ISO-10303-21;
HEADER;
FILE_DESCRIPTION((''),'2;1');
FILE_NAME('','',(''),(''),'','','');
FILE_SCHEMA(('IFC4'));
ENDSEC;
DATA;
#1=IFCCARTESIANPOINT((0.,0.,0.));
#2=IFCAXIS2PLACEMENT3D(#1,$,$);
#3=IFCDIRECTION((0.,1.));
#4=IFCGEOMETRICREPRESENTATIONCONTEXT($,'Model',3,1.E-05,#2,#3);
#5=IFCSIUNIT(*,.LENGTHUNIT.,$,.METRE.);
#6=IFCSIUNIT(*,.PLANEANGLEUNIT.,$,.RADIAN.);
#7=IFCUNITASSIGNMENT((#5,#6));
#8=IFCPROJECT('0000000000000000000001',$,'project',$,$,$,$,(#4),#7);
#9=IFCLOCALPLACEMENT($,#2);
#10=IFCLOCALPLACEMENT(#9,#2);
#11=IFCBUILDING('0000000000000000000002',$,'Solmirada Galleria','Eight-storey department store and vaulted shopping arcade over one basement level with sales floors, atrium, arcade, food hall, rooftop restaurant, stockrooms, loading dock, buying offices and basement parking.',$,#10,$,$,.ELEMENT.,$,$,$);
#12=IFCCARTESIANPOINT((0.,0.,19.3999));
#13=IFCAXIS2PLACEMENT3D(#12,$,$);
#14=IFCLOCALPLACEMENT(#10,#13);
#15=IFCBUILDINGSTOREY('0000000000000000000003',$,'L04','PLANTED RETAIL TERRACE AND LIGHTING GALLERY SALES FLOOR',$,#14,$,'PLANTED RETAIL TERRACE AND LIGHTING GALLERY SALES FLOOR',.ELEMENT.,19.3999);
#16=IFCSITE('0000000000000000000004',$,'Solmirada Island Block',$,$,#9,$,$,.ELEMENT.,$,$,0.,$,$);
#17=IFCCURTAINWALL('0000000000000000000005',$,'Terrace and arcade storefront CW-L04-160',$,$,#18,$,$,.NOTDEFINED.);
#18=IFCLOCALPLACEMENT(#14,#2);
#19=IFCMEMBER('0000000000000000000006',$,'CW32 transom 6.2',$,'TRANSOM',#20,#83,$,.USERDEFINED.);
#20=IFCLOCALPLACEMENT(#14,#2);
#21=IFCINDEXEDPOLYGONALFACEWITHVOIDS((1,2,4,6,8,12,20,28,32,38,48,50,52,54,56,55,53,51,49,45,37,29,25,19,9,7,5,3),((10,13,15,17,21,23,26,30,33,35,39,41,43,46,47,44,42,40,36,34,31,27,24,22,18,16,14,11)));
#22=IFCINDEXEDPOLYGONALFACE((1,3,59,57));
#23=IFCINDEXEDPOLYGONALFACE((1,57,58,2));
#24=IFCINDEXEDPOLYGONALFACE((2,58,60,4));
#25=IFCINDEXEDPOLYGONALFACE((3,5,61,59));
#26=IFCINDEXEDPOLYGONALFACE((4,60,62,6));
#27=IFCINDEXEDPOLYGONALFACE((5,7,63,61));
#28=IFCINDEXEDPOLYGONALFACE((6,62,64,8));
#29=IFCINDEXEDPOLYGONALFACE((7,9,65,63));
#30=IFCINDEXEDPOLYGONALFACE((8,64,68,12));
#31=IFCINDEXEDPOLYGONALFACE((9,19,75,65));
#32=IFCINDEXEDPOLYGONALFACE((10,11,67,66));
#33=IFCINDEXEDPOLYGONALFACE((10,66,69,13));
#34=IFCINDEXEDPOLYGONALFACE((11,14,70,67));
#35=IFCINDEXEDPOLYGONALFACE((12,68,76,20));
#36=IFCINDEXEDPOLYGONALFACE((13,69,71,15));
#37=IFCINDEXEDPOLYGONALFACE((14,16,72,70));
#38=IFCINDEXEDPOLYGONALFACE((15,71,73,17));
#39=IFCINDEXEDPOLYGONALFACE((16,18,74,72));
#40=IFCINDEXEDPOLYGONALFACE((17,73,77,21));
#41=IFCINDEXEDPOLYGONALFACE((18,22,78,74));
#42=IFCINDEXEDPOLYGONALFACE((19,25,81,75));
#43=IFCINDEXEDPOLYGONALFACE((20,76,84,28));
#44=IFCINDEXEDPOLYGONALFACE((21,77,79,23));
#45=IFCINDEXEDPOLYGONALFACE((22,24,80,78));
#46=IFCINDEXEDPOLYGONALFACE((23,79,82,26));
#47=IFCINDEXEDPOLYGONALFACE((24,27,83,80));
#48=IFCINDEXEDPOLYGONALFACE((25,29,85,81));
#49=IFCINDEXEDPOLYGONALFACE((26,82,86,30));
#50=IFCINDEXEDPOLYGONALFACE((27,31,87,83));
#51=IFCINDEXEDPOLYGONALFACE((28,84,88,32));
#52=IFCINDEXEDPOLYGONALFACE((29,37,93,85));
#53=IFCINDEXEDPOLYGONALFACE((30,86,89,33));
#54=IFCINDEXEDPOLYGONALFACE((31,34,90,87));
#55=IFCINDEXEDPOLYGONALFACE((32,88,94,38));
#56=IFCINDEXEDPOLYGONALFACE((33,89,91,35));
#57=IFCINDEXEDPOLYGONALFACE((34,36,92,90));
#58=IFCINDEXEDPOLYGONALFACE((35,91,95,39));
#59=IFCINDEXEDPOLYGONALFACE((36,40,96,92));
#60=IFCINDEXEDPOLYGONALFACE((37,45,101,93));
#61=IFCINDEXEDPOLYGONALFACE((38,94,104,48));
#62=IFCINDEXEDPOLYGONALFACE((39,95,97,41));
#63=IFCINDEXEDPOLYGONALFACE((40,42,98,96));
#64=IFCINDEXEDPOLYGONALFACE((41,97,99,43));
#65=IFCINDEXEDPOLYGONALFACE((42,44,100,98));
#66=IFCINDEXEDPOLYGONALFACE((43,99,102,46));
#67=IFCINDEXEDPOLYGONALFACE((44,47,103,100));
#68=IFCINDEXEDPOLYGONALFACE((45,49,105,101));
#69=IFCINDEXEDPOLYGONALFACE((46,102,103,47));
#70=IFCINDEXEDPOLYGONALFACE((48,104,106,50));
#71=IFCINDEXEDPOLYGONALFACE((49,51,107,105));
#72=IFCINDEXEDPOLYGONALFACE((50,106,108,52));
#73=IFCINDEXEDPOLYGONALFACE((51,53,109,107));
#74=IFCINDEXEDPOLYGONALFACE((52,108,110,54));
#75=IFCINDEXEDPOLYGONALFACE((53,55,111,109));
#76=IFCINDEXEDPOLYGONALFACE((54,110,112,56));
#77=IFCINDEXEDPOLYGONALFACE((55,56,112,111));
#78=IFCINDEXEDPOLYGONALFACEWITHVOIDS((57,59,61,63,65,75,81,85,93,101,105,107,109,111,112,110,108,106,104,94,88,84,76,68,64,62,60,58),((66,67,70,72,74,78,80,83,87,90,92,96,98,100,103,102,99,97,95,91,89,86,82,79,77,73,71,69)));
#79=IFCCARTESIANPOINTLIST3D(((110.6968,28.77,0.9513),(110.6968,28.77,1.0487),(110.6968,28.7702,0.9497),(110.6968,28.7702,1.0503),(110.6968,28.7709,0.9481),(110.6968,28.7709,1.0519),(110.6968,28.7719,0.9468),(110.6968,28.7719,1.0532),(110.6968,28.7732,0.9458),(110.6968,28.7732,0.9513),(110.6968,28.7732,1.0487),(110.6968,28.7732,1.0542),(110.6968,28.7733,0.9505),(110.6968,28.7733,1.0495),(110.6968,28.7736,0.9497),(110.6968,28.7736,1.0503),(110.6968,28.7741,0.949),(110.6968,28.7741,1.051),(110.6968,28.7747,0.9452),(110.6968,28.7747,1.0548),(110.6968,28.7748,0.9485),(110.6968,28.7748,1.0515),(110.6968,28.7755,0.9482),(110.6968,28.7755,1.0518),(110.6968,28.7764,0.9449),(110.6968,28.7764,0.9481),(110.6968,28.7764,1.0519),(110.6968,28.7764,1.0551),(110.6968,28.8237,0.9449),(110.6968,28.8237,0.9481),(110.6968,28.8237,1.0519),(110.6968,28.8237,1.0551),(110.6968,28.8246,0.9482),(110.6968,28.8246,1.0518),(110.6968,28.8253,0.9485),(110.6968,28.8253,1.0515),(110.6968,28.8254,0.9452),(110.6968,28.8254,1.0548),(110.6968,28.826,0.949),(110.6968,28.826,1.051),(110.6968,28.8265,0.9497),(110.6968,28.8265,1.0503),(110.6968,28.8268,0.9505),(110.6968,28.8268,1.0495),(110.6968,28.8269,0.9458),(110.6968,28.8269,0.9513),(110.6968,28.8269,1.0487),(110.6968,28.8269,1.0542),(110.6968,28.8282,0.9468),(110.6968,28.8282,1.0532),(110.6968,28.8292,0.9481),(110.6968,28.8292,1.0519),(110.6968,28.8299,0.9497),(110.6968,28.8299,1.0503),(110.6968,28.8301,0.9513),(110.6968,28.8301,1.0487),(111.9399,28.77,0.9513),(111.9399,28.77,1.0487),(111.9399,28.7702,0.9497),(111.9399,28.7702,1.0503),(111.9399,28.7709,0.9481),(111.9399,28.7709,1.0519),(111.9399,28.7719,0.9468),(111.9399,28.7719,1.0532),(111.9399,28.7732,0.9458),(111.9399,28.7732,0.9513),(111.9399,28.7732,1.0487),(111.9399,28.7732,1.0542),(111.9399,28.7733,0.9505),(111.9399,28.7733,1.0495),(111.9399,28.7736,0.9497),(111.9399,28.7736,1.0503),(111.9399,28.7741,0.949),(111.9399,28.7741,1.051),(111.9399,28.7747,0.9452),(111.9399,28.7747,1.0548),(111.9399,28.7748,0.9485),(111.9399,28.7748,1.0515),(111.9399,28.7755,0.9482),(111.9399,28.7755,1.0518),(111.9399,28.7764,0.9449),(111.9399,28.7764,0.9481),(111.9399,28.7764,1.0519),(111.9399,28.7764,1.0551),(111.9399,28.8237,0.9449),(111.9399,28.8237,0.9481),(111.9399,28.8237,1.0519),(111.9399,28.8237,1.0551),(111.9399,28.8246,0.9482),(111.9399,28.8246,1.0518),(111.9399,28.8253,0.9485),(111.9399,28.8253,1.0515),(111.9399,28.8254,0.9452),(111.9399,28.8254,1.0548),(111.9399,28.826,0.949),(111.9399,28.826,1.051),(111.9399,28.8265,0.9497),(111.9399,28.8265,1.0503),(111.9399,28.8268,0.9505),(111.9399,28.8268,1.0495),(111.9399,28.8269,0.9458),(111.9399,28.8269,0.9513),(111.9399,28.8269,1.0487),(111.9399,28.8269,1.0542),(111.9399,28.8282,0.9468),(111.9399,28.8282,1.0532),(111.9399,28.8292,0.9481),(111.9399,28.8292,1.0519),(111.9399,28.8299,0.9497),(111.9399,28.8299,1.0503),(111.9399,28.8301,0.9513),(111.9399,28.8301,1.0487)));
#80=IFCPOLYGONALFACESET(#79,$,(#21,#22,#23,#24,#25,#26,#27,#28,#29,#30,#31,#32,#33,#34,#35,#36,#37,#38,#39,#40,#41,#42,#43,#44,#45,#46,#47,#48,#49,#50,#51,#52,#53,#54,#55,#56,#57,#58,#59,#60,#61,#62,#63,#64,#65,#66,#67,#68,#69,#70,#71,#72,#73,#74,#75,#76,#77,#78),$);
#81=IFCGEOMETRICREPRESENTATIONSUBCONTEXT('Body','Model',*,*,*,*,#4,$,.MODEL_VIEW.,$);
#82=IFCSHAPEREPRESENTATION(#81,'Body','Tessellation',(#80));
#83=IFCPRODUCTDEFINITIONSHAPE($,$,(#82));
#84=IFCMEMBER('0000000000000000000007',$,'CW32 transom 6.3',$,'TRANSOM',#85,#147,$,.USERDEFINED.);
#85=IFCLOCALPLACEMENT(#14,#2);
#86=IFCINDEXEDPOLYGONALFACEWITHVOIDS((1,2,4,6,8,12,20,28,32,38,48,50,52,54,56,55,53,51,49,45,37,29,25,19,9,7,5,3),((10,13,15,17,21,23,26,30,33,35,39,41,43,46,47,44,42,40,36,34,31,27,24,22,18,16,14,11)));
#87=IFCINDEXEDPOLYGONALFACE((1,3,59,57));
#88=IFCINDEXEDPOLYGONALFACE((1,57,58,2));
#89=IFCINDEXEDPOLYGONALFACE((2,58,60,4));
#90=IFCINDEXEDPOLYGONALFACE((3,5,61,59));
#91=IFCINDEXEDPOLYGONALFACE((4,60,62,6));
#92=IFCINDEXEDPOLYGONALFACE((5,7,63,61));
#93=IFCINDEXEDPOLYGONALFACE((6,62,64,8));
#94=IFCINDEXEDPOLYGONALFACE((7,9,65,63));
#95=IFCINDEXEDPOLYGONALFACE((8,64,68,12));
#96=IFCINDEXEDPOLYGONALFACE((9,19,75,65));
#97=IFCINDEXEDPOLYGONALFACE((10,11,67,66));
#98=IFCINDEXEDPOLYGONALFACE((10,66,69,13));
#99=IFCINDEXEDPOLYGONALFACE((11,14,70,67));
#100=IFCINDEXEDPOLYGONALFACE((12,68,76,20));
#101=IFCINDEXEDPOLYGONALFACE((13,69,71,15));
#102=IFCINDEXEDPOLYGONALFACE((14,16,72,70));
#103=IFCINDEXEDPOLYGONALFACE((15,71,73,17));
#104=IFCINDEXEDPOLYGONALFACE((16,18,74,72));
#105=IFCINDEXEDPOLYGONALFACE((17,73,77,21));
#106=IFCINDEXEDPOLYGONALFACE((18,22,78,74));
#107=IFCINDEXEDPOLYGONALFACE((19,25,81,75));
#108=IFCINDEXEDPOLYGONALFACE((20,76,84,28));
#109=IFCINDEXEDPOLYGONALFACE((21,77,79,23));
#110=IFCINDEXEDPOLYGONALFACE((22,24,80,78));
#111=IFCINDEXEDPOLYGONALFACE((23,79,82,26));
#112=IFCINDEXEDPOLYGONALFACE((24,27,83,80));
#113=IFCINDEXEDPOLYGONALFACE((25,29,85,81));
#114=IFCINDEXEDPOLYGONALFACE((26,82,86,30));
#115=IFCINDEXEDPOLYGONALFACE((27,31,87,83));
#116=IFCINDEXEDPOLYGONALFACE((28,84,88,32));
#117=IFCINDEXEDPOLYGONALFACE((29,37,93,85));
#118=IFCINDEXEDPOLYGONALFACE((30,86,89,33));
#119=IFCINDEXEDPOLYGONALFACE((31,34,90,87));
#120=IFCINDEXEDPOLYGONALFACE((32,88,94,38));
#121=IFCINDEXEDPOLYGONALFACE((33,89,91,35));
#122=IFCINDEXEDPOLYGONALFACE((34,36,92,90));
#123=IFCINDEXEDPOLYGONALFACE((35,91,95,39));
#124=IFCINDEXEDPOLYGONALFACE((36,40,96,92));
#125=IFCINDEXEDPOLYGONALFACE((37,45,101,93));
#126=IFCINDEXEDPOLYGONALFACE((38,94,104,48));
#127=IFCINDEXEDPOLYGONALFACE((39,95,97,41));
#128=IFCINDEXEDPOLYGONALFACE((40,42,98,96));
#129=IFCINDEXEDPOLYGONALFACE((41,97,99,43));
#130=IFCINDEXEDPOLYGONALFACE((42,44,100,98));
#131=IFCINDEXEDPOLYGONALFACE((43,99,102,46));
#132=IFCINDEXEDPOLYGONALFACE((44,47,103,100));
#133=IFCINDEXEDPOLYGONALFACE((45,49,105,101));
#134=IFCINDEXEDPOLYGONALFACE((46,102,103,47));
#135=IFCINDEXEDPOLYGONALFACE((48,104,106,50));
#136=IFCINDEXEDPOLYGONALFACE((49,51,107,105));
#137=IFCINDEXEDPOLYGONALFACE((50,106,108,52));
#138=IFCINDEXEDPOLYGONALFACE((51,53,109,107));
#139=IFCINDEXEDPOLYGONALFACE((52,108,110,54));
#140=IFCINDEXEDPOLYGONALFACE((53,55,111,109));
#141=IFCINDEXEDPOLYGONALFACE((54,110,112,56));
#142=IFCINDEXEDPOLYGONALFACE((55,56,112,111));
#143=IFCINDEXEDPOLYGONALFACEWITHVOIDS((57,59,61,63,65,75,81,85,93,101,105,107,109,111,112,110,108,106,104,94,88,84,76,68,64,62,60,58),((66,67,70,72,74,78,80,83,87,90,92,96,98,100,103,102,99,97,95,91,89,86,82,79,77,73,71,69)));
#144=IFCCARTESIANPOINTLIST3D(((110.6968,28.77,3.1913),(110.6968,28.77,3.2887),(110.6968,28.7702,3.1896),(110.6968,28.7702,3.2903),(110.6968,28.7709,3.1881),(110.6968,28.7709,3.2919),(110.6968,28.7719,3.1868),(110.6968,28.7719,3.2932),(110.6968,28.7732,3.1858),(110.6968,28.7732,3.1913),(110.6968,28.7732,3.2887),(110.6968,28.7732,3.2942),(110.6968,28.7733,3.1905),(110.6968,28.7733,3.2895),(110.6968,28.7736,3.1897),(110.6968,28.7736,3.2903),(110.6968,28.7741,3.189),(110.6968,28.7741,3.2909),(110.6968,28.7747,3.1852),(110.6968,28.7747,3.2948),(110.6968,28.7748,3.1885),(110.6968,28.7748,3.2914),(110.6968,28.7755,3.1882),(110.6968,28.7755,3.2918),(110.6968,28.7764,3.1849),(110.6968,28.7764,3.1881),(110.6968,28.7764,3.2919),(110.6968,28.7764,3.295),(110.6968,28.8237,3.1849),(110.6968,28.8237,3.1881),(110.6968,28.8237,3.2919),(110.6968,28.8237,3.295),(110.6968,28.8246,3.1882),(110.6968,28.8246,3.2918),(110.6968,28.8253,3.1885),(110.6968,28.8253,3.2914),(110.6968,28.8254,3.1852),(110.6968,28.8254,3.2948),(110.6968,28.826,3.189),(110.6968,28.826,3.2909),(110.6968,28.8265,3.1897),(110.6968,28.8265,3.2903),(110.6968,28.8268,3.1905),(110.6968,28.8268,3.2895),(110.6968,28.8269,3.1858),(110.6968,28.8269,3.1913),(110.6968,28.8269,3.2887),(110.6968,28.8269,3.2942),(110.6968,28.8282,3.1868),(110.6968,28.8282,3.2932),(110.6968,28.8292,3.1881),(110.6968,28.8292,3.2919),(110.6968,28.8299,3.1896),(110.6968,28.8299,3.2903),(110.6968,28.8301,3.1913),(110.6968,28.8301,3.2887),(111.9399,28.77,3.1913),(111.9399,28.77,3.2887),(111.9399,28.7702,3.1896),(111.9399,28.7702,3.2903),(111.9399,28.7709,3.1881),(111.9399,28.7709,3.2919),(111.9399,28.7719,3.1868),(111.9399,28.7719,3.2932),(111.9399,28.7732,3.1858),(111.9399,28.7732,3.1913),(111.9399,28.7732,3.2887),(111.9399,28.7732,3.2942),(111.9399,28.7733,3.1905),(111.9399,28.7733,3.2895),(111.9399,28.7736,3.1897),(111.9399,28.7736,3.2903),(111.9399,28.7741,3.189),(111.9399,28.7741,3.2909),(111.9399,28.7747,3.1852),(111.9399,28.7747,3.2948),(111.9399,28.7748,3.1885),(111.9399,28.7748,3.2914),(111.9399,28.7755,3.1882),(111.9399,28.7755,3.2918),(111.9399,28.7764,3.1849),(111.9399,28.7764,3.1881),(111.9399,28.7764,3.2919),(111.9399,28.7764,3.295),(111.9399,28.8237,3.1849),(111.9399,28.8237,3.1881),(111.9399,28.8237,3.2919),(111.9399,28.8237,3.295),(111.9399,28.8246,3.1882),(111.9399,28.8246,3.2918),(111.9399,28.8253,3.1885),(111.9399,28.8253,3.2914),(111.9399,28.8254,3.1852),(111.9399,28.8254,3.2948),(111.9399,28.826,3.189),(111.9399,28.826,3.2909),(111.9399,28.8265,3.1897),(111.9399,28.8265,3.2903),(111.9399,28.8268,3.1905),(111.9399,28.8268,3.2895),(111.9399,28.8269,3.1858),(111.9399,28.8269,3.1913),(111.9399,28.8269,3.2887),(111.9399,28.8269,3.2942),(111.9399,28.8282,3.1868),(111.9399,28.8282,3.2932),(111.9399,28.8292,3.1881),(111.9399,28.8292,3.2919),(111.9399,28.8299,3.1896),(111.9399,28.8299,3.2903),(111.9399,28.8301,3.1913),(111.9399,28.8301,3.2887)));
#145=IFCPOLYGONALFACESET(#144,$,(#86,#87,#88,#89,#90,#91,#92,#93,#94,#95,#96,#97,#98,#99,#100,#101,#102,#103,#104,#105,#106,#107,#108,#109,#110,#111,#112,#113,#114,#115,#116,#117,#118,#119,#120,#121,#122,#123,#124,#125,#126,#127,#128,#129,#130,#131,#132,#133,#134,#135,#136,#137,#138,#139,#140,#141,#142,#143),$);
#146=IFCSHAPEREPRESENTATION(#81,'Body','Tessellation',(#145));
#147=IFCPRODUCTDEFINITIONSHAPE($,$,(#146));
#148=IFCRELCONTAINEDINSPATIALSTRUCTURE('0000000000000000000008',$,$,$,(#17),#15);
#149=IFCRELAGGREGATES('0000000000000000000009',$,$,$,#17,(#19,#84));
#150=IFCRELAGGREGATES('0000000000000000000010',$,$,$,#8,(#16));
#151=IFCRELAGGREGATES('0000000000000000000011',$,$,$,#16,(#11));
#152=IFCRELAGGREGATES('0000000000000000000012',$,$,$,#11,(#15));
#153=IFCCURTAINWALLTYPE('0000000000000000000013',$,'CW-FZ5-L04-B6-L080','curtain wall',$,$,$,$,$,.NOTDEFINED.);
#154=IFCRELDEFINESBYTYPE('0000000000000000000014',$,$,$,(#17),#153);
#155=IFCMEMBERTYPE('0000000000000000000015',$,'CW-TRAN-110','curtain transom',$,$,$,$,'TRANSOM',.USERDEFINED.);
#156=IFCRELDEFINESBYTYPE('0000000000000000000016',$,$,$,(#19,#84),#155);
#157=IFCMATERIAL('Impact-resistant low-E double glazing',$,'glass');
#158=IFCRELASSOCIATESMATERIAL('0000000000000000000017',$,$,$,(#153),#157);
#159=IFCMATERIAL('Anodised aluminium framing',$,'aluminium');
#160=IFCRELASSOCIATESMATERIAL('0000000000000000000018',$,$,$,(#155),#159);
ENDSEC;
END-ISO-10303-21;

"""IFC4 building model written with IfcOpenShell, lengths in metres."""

from ifc_helpers import new_model, si_unit, direction, frame, origin, origin_2d, place, context, subcontext, project, spatial, hollow_rectangle, extrude, material, material_profile, profile_set, type_object, element, aggregate, save


model = new_model("IFC4")

# Units and contexts
model_context = context("Model", 3, precision=1e-05, world=origin(), true_north=direction((0.0, 1.0)))
body_context = subcontext(model_context, "Body", "Model", "MODEL_VIEW")
ifc_project = project(units=[si_unit("LENGTHUNIT", "METRE"), si_unit("PLANEANGLEUNIT", "RADIAN")], contexts=[model_context])

# Site, building, storey
site_placement = place(None, origin())
site = spatial("IfcSite", under=ifc_project, at=site_placement, Name="Solmirada Island Block", CompositionType="ELEMENT", RefElevation=0.0)
building_placement = place(site_placement, origin())
building = spatial("IfcBuilding", under=site, at=building_placement, Name="Solmirada Galleria", Description="Eight-storey department store and vaulted shopping arcade over one basement level with sales floors, atrium, arcade, food hall, rooftop restaurant, stockrooms, loading dock, buying offices and basement parking.", CompositionType="ELEMENT")
storey_placement = place(building_placement, frame((0.0, 0.0, 19.3999)))
storey = spatial("IfcBuildingStorey", under=building, at=storey_placement, Name="L04", Description="PLANTED RETAIL TERRACE AND LIGHTING GALLERY SALES FLOOR", LongName="PLANTED RETAIL TERRACE AND LIGHTING GALLERY SALES FLOOR", CompositionType="ELEMENT", Elevation=19.3999)

# Curtain wall
ifc_material_1 = material(Name="Impact-resistant low-E double glazing", Category="glass")
curtain_wall_type = type_object("IfcCurtainWallType", Name="CW-FZ5-L04-B6-L080", Description="curtain wall", PredefinedType="NOTDEFINED", material=ifc_material_1)
curtain_wall_1_placement = place(storey_placement, origin())
curtain_wall_1 = element("IfcCurtainWall", 1, at=curtain_wall_1_placement, inside=storey, type_object=curtain_wall_type, Name="Terrace and arcade storefront CW-L04-160", PredefinedType="NOTDEFINED")
ifc_material_2 = material(Name="Anodised aluminium framing", Category="aluminium")

# Members
ifc_material_profile_1 = material_profile(ifc_material_2, hollow_rectangle(XDim=0.0601, YDim=0.1101, WallThickness=0.0032, InnerFilletRadius=0.0032, OuterFilletRadius=0.0063, at=origin_2d()), Name="ALU-TRAN-110X60")
ifc_profile_set_1 = profile_set([ifc_material_profile_1], Name="Anodised aluminium framing")
member_type_1 = type_object("IfcMemberType", Name="CW-TRAN-110", Description="curtain transom", ElementType="TRANSOM", PredefinedType="USERDEFINED", material=ifc_profile_set_1)
member_1_placement = place(storey_placement, frame((110.6968, 28.8, 1.0), z_axis=(1.0, 0.0, 0.0), x_axis=(0.0, 1.0, 0.0)))
member_1 = element("IfcMember", 2, at=member_1_placement, type_object=member_type_1, Name="CW32 transom 6.2", ObjectType="TRANSOM", PredefinedType="USERDEFINED", context=body_context, shape_type="SweptSolid", body=[
    extrude(hollow_rectangle(XDim=0.0601, YDim=0.1101, WallThickness=0.0032, InnerFilletRadius=0.0032, OuterFilletRadius=0.0063, at=origin_2d()), origin(), (0.0, 0.0, 1.0), 1.2432),
])
member_2_placement = place(storey_placement, frame((110.6968, 28.8, 3.24), z_axis=(1.0, 0.0, 0.0), x_axis=(0.0, 1.0, 0.0)))
member_2 = element("IfcMember", 3, at=member_2_placement, type_object=member_type_1, Name="CW32 transom 6.3", ObjectType="TRANSOM", PredefinedType="USERDEFINED", context=body_context, shape_type="SweptSolid", body=[
    extrude(hollow_rectangle(XDim=0.0601, YDim=0.1101, WallThickness=0.0032, InnerFilletRadius=0.0032, OuterFilletRadius=0.0063, at=origin_2d()), origin(), (0.0, 0.0, 1.0), 1.2432),
])

aggregate(curtain_wall_1, [member_1, member_2])

save(model, "model.ifc")
